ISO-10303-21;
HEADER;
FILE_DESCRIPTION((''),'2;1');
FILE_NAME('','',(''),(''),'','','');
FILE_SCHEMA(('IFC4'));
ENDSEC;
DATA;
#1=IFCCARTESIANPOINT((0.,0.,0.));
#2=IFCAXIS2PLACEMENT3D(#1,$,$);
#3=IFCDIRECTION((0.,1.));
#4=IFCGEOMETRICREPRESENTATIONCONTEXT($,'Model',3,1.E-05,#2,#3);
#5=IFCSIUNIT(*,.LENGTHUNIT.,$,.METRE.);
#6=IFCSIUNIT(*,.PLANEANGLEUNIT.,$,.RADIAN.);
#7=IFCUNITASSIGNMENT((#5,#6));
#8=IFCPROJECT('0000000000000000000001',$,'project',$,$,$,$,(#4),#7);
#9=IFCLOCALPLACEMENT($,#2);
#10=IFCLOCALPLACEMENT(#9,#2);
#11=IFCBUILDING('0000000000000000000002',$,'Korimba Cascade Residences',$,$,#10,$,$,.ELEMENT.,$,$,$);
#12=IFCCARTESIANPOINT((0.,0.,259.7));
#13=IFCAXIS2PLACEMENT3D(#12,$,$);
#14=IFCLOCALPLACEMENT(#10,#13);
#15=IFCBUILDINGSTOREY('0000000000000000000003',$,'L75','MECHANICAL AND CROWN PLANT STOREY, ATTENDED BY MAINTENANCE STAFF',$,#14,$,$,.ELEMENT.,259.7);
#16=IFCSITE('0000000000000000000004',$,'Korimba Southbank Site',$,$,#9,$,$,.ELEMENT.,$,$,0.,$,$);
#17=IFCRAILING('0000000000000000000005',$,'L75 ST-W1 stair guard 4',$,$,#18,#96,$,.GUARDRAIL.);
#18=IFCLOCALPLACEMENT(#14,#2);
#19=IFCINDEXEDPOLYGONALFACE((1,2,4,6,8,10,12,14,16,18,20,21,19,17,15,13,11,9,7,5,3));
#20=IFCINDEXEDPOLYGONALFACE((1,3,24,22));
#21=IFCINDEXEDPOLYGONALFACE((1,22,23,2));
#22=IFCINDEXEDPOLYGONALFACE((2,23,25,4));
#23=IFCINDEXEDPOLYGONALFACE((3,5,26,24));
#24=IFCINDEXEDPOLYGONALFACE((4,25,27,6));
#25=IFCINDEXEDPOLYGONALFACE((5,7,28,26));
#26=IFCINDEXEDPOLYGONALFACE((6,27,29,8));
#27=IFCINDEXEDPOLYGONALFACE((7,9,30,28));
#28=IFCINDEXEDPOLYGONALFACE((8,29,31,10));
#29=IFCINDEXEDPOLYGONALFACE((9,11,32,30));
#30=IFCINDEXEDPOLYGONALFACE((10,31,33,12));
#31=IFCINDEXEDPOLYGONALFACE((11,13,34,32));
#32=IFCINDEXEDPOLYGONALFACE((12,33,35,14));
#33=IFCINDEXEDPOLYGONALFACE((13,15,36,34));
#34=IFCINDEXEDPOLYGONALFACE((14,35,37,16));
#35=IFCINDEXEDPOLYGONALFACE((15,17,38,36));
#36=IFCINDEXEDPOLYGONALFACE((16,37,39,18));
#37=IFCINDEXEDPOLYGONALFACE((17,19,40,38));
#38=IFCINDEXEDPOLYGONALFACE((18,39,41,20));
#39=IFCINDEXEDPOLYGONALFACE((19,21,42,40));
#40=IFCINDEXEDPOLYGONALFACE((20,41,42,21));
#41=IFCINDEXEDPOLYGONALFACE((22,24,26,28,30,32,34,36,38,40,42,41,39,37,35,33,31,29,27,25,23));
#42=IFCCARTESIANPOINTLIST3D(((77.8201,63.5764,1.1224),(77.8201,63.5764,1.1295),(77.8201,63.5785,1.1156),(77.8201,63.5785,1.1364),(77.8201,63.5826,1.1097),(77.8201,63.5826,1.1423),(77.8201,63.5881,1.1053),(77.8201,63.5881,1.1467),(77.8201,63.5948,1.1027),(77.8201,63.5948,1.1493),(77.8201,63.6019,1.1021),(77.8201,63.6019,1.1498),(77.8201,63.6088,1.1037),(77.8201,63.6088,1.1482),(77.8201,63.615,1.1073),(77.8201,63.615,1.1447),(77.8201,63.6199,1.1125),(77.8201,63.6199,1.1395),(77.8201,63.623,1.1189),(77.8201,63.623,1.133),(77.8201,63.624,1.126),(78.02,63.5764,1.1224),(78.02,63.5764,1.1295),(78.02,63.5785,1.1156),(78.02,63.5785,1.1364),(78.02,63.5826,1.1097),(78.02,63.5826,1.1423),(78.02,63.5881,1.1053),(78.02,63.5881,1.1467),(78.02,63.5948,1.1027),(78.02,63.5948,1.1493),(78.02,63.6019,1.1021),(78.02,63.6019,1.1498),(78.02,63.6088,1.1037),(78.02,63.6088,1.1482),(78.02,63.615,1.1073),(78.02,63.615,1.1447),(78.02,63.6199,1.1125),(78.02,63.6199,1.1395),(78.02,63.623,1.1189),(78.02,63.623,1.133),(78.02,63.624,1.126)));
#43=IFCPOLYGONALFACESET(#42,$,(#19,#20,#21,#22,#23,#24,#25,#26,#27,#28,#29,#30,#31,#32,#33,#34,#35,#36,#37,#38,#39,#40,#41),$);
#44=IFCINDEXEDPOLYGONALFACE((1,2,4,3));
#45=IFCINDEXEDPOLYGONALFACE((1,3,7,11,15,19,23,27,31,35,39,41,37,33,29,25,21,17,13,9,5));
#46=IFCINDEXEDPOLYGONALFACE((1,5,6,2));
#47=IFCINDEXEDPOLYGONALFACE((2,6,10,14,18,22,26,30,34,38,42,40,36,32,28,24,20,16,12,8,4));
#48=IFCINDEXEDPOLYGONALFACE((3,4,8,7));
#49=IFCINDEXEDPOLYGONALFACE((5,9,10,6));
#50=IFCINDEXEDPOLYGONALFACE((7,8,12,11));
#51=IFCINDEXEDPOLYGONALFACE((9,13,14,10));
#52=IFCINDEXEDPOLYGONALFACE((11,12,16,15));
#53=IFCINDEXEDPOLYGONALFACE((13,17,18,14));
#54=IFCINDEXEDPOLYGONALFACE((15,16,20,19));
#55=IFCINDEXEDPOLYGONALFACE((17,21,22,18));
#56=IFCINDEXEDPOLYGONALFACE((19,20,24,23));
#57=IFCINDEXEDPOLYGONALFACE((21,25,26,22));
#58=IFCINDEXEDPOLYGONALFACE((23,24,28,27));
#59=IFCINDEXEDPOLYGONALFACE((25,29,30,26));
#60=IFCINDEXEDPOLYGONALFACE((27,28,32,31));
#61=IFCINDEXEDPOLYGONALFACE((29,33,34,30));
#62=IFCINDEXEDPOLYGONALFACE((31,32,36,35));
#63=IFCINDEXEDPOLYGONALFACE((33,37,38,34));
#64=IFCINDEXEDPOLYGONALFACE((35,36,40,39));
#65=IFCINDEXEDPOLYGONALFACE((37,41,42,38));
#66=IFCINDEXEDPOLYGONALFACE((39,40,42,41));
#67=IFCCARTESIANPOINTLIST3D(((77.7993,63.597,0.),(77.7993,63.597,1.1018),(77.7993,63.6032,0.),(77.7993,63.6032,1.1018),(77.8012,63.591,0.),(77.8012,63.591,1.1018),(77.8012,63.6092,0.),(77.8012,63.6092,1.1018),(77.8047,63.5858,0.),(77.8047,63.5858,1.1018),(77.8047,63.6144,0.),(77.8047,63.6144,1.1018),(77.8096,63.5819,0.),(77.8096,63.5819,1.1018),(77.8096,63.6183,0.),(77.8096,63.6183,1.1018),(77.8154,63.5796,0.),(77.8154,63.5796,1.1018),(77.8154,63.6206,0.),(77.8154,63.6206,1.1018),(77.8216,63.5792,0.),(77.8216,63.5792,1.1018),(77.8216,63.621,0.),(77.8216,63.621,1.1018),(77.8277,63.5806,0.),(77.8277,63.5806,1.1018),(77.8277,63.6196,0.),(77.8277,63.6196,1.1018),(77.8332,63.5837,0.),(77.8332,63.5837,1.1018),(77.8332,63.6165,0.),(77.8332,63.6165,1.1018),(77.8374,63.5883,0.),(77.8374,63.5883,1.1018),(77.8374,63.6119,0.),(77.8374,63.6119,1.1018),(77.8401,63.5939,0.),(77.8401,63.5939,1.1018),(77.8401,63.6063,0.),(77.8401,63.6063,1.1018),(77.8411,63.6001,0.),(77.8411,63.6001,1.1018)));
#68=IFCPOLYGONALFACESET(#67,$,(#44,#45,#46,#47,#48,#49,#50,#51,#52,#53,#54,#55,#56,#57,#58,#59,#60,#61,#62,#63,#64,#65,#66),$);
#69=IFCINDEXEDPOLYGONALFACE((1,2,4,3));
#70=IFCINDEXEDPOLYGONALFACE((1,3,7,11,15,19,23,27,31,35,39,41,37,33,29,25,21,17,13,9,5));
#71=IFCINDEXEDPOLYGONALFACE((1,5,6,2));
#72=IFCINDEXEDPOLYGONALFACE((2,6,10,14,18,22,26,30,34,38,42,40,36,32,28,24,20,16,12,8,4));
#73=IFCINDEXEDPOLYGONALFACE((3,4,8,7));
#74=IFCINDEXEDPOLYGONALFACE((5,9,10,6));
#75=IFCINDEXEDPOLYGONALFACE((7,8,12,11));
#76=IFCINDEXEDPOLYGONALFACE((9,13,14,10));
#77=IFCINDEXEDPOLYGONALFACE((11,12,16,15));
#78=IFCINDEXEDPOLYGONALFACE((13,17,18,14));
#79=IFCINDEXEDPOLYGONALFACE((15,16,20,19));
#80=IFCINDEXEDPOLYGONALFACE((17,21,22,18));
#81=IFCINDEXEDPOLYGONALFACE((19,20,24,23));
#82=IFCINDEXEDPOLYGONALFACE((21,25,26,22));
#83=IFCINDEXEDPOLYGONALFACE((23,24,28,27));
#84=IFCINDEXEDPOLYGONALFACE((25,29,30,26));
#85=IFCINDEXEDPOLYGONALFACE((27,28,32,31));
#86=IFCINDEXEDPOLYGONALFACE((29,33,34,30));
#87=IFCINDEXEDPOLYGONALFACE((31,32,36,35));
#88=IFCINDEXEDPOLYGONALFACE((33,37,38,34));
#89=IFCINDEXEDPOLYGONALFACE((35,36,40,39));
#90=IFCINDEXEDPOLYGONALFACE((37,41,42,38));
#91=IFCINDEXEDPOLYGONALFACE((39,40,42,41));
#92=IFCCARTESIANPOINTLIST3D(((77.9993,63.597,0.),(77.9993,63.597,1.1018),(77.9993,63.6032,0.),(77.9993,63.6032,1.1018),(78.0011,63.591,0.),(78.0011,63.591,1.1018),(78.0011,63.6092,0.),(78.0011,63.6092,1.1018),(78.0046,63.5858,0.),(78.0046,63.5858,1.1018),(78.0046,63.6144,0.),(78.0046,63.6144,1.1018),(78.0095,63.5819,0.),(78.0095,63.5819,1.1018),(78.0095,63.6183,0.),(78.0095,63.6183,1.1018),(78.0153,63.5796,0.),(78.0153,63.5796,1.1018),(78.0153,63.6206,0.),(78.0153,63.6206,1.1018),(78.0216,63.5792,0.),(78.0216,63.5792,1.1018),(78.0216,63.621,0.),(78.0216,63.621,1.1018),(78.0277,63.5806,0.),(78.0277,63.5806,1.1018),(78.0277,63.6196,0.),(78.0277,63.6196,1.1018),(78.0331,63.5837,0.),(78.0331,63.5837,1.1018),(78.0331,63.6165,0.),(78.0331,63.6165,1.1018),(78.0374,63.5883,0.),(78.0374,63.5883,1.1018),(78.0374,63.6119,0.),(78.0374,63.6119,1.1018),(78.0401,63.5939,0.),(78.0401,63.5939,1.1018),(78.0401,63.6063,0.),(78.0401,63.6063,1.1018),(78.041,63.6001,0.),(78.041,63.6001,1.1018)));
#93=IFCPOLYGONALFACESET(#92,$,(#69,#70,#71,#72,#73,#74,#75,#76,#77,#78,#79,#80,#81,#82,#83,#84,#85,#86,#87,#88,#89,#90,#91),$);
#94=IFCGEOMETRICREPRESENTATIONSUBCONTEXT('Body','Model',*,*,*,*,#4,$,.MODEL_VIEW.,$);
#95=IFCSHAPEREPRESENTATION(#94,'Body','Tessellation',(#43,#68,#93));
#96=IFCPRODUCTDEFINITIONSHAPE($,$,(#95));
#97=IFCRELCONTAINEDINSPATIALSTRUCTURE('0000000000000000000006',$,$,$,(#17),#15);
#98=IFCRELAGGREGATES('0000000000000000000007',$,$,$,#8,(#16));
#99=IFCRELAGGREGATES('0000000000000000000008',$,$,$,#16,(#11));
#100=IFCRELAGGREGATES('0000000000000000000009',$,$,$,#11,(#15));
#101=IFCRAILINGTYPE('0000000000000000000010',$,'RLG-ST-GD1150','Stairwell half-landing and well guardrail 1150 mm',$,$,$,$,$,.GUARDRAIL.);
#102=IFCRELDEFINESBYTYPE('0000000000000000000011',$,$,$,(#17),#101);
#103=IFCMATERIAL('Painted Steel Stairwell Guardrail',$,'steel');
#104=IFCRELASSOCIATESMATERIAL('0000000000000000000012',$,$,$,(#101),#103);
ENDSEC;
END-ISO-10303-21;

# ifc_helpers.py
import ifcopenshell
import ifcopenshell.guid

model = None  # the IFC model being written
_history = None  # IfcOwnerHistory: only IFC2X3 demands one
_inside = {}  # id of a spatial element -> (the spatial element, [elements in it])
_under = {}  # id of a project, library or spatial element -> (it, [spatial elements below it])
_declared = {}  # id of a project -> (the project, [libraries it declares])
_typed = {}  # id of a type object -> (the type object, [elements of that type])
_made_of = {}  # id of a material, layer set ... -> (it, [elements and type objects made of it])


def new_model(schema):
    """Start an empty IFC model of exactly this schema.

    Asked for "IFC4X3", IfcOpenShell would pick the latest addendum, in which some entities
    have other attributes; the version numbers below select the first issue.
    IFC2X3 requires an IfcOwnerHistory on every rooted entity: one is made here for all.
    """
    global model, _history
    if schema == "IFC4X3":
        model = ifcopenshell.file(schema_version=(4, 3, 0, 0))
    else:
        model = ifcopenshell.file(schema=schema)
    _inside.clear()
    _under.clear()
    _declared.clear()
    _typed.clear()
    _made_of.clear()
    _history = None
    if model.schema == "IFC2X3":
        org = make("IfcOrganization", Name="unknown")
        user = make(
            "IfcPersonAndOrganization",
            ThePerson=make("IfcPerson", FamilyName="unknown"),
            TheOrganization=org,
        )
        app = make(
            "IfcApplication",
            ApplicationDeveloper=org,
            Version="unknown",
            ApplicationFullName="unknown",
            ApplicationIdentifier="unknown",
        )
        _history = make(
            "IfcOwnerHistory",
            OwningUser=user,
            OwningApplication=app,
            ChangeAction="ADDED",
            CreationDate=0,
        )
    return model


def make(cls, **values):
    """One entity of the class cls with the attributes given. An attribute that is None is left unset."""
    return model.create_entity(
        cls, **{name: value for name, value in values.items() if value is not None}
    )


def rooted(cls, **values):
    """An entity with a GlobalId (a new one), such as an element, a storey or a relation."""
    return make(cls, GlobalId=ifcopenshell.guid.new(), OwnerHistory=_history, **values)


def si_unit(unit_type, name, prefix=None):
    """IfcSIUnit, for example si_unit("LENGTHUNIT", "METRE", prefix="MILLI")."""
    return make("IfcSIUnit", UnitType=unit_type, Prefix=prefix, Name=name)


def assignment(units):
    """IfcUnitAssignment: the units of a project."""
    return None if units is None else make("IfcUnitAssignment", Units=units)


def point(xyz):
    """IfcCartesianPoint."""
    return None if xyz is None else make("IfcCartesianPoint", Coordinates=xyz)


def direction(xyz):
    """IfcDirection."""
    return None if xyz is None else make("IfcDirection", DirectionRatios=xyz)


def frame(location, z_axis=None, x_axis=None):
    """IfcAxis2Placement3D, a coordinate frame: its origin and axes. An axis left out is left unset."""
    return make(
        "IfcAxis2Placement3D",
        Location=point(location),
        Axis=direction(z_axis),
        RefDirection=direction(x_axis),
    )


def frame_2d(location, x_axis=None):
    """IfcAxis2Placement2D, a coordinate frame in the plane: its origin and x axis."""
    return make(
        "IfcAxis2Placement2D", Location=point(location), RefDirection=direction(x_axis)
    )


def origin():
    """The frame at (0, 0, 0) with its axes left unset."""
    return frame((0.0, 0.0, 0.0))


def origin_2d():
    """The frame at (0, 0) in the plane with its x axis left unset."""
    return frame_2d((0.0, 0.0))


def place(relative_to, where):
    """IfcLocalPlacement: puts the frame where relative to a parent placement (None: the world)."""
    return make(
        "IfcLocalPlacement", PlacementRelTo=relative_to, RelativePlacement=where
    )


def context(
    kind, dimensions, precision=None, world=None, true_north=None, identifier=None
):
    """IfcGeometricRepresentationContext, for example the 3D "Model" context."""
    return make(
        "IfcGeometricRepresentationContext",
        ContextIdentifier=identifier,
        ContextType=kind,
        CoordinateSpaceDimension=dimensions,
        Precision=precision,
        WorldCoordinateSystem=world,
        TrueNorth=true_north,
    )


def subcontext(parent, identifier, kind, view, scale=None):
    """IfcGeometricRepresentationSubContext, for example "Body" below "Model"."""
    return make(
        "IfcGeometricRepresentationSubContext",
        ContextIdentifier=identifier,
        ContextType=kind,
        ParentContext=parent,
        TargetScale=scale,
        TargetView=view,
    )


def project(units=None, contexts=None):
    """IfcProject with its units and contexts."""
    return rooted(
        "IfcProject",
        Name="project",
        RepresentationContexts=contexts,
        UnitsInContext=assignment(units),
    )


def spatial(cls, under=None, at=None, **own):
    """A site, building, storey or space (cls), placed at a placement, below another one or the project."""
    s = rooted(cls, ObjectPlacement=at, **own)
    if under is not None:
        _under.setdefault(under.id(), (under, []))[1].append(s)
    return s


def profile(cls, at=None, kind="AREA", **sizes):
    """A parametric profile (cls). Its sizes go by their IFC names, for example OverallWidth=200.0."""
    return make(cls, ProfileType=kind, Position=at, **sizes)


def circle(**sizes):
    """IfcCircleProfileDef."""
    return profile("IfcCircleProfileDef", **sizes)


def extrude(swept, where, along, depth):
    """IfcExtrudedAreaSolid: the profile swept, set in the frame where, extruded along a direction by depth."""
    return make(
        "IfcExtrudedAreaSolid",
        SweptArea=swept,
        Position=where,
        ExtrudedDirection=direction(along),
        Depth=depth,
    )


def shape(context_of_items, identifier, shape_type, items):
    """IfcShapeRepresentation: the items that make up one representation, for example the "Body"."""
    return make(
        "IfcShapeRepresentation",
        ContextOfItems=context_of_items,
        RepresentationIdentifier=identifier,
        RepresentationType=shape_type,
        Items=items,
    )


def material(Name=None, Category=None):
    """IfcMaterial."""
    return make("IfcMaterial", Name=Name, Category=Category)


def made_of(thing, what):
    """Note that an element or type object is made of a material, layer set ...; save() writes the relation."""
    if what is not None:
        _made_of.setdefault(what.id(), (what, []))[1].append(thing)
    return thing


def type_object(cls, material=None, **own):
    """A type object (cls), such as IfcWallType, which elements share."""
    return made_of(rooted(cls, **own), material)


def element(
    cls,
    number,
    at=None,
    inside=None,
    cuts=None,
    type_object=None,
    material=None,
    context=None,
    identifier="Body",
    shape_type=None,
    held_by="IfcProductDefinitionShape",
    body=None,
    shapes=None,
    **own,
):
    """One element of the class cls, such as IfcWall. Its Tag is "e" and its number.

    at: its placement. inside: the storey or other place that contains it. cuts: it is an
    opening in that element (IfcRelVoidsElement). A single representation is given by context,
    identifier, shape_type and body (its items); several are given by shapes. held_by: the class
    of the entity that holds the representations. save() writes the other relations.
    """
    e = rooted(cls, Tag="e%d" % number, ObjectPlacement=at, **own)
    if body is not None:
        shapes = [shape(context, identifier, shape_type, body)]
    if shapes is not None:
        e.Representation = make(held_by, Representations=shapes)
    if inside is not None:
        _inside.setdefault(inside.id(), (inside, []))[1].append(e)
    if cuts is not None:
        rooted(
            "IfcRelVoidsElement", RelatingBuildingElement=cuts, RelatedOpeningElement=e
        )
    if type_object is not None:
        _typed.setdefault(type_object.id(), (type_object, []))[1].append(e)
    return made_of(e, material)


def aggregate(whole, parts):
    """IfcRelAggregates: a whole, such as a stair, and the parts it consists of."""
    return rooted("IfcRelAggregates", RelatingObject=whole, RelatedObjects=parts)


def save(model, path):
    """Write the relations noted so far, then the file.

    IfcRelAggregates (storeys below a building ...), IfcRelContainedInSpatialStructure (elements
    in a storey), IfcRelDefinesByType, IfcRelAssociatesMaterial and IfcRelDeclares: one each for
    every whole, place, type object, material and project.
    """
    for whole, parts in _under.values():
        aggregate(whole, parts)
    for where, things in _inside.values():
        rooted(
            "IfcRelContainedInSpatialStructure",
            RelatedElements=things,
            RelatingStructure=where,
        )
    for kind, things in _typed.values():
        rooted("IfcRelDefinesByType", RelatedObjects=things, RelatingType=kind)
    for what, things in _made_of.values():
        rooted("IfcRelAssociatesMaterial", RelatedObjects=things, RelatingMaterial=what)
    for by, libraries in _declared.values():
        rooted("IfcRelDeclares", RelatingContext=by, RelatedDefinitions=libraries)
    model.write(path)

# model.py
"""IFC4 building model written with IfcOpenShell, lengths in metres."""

from ifc_helpers import new_model, si_unit, direction, frame, origin, origin_2d, place, context, subcontext, project, spatial, circle, extrude, material, type_object, element, save


model = new_model("IFC4")

# Units and contexts
model_context = context("Model", 3, precision=1e-05, world=origin(), true_north=direction((0.0, 1.0)))
body_context = subcontext(model_context, "Body", "Model", "MODEL_VIEW")
ifc_project = project(units=[si_unit("LENGTHUNIT", "METRE"), si_unit("PLANEANGLEUNIT", "RADIAN")], contexts=[model_context])

# Site, building, storey
site_placement = place(None, origin())
site = spatial("IfcSite", under=ifc_project, at=site_placement, Name="Korimba Southbank Site", CompositionType="ELEMENT", RefElevation=0.0)
building_placement = place(site_placement, origin())
building = spatial("IfcBuilding", under=site, at=building_placement, Name="Korimba Cascade Residences", CompositionType="ELEMENT")
storey_placement = place(building_placement, frame((0.0, 0.0, 259.7)))
storey = spatial("IfcBuildingStorey", under=building, at=storey_placement, Name="L75", Description="MECHANICAL AND CROWN PLANT STOREY, ATTENDED BY MAINTENANCE STAFF", CompositionType="ELEMENT", Elevation=259.7)

# Railing
ifc_material_1 = material(Name="Painted Steel Stairwell Guardrail", Category="steel")
railing_type_1 = type_object("IfcRailingType", Name="RLG-ST-GD1150", Description="Stairwell half-landing and well guardrail 1150 mm", PredefinedType="GUARDRAIL", material=ifc_material_1)
railing_1_placement = place(storey_placement, frame((77.8201, 63.6001, 0.0)))
element("IfcRailing", 1, at=railing_1_placement, inside=storey, type_object=railing_type_1, Name="L75 ST-W1 stair guard 4", PredefinedType="GUARDRAIL", context=body_context, shape_type="SweptSolid", body=[
    extrude(circle(Radius=0.0239, at=origin_2d()), frame((0.0, 0.0, 1.126), z_axis=(1.0, 0.0, 0.0), x_axis=(0.0, 1.0, 0.0)), (0.0, 0.0, 1.0), 0.2),
    extrude(circle(Radius=0.021, at=origin_2d()), origin(), (0.0, 0.0, 1.0), 1.1018),
    extrude(circle(Radius=0.021, at=origin_2d()), frame((0.2, 0.0, 0.0)), (0.0, 0.0, 1.0), 1.1018),
])

save(model, "model.ifc")
